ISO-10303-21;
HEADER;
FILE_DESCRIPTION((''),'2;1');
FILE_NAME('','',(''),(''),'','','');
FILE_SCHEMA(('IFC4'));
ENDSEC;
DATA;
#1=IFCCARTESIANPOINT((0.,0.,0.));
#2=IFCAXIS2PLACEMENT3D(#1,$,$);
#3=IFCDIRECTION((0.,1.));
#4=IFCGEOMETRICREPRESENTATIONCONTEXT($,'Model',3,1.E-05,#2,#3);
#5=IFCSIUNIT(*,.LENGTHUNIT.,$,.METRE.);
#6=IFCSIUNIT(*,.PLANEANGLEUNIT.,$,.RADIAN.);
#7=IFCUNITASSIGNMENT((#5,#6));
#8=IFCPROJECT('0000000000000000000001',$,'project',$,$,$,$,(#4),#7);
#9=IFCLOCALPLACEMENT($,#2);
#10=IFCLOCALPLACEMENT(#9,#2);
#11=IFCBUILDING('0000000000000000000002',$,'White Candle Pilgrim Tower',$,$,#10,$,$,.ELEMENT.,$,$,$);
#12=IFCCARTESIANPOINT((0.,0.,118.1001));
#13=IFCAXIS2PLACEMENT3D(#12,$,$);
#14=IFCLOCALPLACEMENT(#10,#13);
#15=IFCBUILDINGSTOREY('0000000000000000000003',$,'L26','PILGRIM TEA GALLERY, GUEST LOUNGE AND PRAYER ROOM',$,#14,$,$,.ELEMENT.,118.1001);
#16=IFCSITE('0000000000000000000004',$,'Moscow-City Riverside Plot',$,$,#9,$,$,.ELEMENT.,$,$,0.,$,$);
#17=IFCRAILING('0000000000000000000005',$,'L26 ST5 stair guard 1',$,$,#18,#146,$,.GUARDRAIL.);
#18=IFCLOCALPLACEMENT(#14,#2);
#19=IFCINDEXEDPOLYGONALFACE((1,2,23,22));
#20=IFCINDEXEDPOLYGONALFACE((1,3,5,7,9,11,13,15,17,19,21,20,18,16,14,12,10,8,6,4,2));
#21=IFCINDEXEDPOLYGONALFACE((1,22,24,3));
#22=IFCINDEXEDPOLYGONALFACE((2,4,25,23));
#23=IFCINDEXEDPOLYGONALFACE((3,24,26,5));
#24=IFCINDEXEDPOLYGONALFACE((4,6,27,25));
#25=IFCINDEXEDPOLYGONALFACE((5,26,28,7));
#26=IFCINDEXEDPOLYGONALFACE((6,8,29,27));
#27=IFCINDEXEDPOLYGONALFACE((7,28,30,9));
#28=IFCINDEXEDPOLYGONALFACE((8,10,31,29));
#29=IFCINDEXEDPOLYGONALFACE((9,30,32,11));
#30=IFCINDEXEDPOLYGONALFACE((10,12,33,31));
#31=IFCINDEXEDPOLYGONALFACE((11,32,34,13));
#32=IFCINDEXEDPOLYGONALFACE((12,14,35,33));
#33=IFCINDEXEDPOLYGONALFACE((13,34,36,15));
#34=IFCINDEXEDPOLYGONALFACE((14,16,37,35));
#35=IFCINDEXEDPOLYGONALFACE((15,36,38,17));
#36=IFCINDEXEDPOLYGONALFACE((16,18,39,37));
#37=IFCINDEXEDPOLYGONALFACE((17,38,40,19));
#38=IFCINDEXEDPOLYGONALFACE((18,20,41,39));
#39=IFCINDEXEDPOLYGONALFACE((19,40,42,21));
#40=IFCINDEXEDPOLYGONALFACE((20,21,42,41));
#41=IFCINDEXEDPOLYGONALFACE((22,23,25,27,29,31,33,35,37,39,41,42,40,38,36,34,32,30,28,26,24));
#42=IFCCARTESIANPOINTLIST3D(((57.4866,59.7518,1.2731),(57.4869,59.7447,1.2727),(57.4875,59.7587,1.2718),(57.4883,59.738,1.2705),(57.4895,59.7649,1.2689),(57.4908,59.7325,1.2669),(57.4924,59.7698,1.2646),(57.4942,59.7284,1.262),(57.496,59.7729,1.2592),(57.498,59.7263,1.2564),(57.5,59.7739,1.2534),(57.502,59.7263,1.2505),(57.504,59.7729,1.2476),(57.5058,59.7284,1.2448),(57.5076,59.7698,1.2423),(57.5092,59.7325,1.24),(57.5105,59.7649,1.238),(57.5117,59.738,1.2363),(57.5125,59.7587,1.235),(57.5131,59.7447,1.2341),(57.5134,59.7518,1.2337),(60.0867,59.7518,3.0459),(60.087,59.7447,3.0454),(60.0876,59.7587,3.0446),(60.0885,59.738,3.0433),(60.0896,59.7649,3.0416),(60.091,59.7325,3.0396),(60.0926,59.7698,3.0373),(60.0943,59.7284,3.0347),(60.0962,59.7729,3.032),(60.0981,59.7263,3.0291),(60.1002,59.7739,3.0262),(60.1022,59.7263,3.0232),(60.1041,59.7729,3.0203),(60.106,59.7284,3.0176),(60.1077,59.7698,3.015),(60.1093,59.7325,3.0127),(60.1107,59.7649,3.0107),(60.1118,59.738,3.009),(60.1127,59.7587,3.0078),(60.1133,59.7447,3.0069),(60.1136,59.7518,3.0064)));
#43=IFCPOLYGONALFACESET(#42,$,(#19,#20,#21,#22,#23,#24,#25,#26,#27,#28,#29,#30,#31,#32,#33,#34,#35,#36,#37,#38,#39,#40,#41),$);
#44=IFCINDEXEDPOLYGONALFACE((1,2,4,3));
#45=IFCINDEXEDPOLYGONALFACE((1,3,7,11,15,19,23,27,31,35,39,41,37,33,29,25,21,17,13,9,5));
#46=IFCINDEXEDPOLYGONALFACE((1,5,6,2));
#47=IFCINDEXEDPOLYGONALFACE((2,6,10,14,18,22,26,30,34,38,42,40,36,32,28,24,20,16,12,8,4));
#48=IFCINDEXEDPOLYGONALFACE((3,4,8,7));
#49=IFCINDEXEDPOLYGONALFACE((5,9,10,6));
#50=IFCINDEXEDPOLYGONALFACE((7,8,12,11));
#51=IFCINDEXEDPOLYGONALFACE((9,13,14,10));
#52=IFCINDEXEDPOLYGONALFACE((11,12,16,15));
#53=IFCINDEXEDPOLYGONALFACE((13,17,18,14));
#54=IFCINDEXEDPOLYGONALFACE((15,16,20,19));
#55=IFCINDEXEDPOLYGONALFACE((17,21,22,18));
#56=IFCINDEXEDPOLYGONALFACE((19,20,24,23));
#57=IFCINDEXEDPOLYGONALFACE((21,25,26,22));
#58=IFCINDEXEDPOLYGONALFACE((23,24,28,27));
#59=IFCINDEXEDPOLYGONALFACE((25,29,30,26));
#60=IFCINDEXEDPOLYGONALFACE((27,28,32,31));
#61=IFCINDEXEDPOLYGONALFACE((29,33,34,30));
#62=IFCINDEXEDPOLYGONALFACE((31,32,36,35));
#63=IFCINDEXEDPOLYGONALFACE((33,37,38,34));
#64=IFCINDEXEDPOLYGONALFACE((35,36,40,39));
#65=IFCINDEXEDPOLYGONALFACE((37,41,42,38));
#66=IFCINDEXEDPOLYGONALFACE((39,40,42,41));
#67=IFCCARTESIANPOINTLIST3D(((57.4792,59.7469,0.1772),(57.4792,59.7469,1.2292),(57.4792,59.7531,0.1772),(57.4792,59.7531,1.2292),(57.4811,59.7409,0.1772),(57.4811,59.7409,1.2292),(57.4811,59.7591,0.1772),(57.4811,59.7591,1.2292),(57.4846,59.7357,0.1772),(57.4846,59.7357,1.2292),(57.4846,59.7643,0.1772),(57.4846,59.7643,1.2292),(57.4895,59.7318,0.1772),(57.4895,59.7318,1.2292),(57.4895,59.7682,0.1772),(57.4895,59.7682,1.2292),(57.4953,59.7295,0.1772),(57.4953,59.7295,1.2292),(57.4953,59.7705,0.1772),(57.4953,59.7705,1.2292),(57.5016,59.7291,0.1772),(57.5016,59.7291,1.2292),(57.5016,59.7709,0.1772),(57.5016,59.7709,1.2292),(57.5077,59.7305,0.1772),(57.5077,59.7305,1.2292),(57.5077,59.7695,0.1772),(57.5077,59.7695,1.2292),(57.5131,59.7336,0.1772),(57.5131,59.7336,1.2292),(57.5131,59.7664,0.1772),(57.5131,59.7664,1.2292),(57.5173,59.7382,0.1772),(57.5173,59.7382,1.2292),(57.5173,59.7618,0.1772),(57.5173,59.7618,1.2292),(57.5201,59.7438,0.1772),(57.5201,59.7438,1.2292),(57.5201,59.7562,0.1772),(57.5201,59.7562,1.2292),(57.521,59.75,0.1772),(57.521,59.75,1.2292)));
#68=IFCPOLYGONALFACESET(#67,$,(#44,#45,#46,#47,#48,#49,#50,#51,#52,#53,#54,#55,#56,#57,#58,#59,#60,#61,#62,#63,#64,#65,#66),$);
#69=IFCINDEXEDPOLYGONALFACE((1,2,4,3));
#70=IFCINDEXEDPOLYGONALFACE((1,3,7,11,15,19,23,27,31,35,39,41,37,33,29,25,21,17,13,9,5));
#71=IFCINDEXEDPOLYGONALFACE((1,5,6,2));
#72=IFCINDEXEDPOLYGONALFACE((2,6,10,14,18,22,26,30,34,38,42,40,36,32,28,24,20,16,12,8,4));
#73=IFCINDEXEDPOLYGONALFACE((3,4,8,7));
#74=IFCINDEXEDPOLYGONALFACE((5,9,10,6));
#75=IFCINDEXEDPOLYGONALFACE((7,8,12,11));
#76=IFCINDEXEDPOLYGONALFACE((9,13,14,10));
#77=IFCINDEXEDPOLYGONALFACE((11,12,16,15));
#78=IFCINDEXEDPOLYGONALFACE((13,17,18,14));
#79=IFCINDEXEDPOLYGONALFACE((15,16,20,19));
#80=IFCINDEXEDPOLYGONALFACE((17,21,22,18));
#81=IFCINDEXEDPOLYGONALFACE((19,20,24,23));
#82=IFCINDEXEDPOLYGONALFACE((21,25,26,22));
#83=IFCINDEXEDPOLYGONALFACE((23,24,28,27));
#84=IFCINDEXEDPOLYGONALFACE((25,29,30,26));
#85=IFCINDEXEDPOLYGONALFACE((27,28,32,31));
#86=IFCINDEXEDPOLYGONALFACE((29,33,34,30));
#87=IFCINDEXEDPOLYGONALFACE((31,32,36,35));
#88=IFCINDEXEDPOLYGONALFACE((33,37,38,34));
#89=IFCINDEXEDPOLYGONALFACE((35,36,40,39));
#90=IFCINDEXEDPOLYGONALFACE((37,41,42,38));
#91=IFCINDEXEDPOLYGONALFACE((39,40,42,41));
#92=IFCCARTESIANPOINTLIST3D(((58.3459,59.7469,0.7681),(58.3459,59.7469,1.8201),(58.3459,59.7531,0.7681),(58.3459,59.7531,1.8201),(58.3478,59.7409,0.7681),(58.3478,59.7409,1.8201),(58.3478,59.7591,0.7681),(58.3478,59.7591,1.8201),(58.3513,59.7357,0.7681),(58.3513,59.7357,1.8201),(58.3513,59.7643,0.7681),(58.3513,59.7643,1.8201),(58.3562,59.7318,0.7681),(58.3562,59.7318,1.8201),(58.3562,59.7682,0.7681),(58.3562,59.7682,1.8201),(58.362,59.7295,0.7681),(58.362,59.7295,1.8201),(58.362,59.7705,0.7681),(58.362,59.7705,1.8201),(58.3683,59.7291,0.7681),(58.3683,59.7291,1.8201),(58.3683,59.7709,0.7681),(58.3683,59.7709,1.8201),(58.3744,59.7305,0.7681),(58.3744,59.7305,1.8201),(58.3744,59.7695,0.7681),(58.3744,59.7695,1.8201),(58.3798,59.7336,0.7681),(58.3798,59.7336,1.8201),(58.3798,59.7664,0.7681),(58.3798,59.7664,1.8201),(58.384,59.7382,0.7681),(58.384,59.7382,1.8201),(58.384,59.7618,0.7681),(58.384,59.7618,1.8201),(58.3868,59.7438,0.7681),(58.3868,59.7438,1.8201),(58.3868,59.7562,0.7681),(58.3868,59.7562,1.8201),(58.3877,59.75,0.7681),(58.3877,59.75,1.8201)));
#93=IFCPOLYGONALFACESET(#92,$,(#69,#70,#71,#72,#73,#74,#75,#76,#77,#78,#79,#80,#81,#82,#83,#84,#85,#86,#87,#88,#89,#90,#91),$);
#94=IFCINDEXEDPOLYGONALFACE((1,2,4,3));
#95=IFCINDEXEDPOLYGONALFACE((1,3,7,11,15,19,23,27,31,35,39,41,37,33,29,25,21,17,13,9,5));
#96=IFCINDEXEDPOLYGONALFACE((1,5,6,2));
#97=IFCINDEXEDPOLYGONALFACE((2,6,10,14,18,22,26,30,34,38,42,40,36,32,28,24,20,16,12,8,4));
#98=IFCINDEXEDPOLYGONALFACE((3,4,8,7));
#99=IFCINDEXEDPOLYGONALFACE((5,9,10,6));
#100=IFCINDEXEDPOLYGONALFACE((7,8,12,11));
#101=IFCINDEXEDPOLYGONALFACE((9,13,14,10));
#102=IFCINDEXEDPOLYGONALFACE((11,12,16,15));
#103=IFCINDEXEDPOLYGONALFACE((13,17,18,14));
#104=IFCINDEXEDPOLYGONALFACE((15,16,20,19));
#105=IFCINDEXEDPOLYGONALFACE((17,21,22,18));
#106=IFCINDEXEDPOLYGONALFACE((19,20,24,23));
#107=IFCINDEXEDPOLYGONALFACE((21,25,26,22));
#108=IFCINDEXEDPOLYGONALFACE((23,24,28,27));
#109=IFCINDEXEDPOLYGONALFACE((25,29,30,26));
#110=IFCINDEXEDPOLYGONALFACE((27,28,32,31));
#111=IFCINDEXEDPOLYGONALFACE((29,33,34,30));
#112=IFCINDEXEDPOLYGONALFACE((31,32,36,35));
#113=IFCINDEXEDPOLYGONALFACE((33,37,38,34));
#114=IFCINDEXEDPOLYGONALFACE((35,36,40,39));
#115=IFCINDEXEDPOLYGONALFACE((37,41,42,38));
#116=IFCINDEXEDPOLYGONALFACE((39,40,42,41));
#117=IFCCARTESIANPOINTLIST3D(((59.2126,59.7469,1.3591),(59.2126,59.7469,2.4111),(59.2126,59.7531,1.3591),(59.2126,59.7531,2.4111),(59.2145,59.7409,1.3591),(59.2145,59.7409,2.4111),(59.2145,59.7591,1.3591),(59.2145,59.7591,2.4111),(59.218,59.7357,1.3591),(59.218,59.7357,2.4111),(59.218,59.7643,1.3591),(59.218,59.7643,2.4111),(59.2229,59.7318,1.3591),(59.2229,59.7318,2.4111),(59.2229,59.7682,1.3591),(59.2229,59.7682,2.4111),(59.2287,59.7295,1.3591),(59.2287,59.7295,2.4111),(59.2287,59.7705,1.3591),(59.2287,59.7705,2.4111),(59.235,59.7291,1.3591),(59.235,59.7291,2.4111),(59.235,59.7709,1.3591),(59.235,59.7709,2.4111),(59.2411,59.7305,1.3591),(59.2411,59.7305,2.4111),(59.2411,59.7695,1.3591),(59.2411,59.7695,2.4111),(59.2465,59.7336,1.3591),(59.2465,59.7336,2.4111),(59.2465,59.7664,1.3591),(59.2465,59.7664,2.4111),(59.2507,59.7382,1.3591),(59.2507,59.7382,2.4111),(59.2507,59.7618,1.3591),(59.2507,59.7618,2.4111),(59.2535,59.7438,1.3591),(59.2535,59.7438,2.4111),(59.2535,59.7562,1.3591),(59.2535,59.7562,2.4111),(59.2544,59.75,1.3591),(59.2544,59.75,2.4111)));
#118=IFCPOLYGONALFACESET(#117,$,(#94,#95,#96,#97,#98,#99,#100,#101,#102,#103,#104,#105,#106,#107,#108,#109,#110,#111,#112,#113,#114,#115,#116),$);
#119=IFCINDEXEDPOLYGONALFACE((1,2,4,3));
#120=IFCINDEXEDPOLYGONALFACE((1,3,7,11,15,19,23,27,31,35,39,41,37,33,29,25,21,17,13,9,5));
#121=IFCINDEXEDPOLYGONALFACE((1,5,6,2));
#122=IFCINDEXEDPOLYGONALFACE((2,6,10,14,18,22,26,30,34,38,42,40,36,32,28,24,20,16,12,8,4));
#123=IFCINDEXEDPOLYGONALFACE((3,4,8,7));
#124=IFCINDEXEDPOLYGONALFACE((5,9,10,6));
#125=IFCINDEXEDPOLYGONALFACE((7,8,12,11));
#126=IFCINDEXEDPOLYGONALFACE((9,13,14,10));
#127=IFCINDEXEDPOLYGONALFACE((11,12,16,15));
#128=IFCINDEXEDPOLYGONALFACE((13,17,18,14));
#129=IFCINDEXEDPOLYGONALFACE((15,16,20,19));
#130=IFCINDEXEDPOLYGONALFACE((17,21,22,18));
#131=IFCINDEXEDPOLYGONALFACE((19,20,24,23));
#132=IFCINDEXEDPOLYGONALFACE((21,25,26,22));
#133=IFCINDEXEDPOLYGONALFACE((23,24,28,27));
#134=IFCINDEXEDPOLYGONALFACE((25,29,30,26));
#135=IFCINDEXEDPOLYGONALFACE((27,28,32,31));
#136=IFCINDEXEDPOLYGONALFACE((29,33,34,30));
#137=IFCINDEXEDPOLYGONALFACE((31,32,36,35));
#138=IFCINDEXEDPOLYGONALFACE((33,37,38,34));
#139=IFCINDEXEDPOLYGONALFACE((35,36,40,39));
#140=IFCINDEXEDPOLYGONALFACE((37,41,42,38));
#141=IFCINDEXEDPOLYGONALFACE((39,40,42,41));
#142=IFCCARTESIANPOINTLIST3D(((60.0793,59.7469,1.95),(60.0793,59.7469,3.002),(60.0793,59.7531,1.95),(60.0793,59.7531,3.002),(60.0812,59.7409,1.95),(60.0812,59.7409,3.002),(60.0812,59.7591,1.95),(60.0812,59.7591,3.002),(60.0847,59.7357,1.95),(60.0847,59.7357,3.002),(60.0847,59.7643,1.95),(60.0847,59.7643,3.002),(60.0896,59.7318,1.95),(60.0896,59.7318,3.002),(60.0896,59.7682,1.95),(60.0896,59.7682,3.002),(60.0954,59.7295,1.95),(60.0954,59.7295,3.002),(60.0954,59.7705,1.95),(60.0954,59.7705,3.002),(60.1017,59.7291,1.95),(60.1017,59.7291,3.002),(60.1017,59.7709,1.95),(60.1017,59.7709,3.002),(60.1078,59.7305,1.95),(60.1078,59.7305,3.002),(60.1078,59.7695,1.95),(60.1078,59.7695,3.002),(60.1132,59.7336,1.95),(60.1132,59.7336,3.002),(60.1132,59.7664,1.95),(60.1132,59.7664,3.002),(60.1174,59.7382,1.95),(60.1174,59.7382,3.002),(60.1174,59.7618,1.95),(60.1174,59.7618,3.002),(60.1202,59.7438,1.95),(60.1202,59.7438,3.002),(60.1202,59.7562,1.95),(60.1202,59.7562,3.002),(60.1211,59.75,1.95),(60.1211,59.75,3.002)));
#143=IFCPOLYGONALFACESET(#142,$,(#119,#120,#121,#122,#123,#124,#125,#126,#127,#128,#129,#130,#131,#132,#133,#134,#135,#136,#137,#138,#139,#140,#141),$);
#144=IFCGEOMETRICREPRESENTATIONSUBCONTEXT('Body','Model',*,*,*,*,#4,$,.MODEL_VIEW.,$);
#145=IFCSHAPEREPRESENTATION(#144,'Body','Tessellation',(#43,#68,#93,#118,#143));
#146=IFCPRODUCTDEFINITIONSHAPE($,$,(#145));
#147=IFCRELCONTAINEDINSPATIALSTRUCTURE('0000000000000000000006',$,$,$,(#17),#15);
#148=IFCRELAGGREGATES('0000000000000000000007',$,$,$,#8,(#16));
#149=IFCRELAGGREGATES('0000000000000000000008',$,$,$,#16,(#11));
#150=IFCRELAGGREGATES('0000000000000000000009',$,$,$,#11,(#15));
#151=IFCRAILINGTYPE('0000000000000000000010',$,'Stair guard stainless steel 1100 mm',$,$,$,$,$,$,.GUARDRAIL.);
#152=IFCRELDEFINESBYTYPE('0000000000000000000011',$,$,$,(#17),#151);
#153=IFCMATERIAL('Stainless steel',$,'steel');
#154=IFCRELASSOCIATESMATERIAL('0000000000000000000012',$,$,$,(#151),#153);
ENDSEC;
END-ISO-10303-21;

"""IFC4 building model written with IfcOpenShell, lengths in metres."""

from ifc_helpers import new_model, si_unit, direction, frame, origin, origin_2d, place, context, subcontext, project, spatial, circle, extrude, material, type_object, element, save


model = new_model("IFC4")

# Units and contexts
model_context = context("Model", 3, precision=1e-05, world=origin(), true_north=direction((0.0, 1.0)))
body_context = subcontext(model_context, "Body", "Model", "MODEL_VIEW")
ifc_project = project(units=[si_unit("LENGTHUNIT", "METRE"), si_unit("PLANEANGLEUNIT", "RADIAN")], contexts=[model_context])

# Site, building, storey
site_placement = place(None, origin())
site = spatial("IfcSite", under=ifc_project, at=site_placement, Name="Moscow-City Riverside Plot", CompositionType="ELEMENT", RefElevation=0.0)
building_placement = place(site_placement, origin())
building = spatial("IfcBuilding", under=site, at=building_placement, Name="White Candle Pilgrim Tower", CompositionType="ELEMENT")
storey_placement = place(building_placement, frame((0.0, 0.0, 118.1001)))
storey = spatial("IfcBuildingStorey", under=building, at=storey_placement, Name="L26", Description="PILGRIM TEA GALLERY, GUEST LOUNGE AND PRAYER ROOM", CompositionType="ELEMENT", Elevation=118.1001)

# Railing
ifc_material_1 = material(Name="Stainless steel", Category="steel")
railing_type_1 = type_object("IfcRailingType", Name="Stair guard stainless steel 1100 mm", PredefinedType="GUARDRAIL", material=ifc_material_1)
railing_1_placement = place(storey_placement, frame((57.5, 59.75, 0.1772)))
element("IfcRailing", 1, at=railing_1_placement, inside=storey, type_object=railing_type_1, Name="L26 ST5 stair guard 1", PredefinedType="GUARDRAIL", context=body_context, shape_type="SweptSolid", body=[
    extrude(circle(Radius=0.0239, at=origin_2d()), frame((0.0, 0.0, 1.0762), z_axis=(0.82624, 0.0, 0.563318), x_axis=(0.0, 1.0, 0.0)), (0.0, 0.0, 1.0), 3.147),
    extrude(circle(Radius=0.021, at=origin_2d()), origin(), (0.0, 0.0, 1.0), 1.052),
    extrude(circle(Radius=0.021, at=origin_2d()), frame((0.8667, 0.0, 0.5908)), (0.0, 0.0, 1.0), 1.052),
    extrude(circle(Radius=0.021, at=origin_2d()), frame((1.7334, 0.0, 1.1819)), (0.0, 0.0, 1.0), 1.052),
    extrude(circle(Radius=0.021, at=origin_2d()), frame((2.6001, 0.0, 1.7727)), (0.0, 0.0, 1.0), 1.052),
])

save(model, "model.ifc")
